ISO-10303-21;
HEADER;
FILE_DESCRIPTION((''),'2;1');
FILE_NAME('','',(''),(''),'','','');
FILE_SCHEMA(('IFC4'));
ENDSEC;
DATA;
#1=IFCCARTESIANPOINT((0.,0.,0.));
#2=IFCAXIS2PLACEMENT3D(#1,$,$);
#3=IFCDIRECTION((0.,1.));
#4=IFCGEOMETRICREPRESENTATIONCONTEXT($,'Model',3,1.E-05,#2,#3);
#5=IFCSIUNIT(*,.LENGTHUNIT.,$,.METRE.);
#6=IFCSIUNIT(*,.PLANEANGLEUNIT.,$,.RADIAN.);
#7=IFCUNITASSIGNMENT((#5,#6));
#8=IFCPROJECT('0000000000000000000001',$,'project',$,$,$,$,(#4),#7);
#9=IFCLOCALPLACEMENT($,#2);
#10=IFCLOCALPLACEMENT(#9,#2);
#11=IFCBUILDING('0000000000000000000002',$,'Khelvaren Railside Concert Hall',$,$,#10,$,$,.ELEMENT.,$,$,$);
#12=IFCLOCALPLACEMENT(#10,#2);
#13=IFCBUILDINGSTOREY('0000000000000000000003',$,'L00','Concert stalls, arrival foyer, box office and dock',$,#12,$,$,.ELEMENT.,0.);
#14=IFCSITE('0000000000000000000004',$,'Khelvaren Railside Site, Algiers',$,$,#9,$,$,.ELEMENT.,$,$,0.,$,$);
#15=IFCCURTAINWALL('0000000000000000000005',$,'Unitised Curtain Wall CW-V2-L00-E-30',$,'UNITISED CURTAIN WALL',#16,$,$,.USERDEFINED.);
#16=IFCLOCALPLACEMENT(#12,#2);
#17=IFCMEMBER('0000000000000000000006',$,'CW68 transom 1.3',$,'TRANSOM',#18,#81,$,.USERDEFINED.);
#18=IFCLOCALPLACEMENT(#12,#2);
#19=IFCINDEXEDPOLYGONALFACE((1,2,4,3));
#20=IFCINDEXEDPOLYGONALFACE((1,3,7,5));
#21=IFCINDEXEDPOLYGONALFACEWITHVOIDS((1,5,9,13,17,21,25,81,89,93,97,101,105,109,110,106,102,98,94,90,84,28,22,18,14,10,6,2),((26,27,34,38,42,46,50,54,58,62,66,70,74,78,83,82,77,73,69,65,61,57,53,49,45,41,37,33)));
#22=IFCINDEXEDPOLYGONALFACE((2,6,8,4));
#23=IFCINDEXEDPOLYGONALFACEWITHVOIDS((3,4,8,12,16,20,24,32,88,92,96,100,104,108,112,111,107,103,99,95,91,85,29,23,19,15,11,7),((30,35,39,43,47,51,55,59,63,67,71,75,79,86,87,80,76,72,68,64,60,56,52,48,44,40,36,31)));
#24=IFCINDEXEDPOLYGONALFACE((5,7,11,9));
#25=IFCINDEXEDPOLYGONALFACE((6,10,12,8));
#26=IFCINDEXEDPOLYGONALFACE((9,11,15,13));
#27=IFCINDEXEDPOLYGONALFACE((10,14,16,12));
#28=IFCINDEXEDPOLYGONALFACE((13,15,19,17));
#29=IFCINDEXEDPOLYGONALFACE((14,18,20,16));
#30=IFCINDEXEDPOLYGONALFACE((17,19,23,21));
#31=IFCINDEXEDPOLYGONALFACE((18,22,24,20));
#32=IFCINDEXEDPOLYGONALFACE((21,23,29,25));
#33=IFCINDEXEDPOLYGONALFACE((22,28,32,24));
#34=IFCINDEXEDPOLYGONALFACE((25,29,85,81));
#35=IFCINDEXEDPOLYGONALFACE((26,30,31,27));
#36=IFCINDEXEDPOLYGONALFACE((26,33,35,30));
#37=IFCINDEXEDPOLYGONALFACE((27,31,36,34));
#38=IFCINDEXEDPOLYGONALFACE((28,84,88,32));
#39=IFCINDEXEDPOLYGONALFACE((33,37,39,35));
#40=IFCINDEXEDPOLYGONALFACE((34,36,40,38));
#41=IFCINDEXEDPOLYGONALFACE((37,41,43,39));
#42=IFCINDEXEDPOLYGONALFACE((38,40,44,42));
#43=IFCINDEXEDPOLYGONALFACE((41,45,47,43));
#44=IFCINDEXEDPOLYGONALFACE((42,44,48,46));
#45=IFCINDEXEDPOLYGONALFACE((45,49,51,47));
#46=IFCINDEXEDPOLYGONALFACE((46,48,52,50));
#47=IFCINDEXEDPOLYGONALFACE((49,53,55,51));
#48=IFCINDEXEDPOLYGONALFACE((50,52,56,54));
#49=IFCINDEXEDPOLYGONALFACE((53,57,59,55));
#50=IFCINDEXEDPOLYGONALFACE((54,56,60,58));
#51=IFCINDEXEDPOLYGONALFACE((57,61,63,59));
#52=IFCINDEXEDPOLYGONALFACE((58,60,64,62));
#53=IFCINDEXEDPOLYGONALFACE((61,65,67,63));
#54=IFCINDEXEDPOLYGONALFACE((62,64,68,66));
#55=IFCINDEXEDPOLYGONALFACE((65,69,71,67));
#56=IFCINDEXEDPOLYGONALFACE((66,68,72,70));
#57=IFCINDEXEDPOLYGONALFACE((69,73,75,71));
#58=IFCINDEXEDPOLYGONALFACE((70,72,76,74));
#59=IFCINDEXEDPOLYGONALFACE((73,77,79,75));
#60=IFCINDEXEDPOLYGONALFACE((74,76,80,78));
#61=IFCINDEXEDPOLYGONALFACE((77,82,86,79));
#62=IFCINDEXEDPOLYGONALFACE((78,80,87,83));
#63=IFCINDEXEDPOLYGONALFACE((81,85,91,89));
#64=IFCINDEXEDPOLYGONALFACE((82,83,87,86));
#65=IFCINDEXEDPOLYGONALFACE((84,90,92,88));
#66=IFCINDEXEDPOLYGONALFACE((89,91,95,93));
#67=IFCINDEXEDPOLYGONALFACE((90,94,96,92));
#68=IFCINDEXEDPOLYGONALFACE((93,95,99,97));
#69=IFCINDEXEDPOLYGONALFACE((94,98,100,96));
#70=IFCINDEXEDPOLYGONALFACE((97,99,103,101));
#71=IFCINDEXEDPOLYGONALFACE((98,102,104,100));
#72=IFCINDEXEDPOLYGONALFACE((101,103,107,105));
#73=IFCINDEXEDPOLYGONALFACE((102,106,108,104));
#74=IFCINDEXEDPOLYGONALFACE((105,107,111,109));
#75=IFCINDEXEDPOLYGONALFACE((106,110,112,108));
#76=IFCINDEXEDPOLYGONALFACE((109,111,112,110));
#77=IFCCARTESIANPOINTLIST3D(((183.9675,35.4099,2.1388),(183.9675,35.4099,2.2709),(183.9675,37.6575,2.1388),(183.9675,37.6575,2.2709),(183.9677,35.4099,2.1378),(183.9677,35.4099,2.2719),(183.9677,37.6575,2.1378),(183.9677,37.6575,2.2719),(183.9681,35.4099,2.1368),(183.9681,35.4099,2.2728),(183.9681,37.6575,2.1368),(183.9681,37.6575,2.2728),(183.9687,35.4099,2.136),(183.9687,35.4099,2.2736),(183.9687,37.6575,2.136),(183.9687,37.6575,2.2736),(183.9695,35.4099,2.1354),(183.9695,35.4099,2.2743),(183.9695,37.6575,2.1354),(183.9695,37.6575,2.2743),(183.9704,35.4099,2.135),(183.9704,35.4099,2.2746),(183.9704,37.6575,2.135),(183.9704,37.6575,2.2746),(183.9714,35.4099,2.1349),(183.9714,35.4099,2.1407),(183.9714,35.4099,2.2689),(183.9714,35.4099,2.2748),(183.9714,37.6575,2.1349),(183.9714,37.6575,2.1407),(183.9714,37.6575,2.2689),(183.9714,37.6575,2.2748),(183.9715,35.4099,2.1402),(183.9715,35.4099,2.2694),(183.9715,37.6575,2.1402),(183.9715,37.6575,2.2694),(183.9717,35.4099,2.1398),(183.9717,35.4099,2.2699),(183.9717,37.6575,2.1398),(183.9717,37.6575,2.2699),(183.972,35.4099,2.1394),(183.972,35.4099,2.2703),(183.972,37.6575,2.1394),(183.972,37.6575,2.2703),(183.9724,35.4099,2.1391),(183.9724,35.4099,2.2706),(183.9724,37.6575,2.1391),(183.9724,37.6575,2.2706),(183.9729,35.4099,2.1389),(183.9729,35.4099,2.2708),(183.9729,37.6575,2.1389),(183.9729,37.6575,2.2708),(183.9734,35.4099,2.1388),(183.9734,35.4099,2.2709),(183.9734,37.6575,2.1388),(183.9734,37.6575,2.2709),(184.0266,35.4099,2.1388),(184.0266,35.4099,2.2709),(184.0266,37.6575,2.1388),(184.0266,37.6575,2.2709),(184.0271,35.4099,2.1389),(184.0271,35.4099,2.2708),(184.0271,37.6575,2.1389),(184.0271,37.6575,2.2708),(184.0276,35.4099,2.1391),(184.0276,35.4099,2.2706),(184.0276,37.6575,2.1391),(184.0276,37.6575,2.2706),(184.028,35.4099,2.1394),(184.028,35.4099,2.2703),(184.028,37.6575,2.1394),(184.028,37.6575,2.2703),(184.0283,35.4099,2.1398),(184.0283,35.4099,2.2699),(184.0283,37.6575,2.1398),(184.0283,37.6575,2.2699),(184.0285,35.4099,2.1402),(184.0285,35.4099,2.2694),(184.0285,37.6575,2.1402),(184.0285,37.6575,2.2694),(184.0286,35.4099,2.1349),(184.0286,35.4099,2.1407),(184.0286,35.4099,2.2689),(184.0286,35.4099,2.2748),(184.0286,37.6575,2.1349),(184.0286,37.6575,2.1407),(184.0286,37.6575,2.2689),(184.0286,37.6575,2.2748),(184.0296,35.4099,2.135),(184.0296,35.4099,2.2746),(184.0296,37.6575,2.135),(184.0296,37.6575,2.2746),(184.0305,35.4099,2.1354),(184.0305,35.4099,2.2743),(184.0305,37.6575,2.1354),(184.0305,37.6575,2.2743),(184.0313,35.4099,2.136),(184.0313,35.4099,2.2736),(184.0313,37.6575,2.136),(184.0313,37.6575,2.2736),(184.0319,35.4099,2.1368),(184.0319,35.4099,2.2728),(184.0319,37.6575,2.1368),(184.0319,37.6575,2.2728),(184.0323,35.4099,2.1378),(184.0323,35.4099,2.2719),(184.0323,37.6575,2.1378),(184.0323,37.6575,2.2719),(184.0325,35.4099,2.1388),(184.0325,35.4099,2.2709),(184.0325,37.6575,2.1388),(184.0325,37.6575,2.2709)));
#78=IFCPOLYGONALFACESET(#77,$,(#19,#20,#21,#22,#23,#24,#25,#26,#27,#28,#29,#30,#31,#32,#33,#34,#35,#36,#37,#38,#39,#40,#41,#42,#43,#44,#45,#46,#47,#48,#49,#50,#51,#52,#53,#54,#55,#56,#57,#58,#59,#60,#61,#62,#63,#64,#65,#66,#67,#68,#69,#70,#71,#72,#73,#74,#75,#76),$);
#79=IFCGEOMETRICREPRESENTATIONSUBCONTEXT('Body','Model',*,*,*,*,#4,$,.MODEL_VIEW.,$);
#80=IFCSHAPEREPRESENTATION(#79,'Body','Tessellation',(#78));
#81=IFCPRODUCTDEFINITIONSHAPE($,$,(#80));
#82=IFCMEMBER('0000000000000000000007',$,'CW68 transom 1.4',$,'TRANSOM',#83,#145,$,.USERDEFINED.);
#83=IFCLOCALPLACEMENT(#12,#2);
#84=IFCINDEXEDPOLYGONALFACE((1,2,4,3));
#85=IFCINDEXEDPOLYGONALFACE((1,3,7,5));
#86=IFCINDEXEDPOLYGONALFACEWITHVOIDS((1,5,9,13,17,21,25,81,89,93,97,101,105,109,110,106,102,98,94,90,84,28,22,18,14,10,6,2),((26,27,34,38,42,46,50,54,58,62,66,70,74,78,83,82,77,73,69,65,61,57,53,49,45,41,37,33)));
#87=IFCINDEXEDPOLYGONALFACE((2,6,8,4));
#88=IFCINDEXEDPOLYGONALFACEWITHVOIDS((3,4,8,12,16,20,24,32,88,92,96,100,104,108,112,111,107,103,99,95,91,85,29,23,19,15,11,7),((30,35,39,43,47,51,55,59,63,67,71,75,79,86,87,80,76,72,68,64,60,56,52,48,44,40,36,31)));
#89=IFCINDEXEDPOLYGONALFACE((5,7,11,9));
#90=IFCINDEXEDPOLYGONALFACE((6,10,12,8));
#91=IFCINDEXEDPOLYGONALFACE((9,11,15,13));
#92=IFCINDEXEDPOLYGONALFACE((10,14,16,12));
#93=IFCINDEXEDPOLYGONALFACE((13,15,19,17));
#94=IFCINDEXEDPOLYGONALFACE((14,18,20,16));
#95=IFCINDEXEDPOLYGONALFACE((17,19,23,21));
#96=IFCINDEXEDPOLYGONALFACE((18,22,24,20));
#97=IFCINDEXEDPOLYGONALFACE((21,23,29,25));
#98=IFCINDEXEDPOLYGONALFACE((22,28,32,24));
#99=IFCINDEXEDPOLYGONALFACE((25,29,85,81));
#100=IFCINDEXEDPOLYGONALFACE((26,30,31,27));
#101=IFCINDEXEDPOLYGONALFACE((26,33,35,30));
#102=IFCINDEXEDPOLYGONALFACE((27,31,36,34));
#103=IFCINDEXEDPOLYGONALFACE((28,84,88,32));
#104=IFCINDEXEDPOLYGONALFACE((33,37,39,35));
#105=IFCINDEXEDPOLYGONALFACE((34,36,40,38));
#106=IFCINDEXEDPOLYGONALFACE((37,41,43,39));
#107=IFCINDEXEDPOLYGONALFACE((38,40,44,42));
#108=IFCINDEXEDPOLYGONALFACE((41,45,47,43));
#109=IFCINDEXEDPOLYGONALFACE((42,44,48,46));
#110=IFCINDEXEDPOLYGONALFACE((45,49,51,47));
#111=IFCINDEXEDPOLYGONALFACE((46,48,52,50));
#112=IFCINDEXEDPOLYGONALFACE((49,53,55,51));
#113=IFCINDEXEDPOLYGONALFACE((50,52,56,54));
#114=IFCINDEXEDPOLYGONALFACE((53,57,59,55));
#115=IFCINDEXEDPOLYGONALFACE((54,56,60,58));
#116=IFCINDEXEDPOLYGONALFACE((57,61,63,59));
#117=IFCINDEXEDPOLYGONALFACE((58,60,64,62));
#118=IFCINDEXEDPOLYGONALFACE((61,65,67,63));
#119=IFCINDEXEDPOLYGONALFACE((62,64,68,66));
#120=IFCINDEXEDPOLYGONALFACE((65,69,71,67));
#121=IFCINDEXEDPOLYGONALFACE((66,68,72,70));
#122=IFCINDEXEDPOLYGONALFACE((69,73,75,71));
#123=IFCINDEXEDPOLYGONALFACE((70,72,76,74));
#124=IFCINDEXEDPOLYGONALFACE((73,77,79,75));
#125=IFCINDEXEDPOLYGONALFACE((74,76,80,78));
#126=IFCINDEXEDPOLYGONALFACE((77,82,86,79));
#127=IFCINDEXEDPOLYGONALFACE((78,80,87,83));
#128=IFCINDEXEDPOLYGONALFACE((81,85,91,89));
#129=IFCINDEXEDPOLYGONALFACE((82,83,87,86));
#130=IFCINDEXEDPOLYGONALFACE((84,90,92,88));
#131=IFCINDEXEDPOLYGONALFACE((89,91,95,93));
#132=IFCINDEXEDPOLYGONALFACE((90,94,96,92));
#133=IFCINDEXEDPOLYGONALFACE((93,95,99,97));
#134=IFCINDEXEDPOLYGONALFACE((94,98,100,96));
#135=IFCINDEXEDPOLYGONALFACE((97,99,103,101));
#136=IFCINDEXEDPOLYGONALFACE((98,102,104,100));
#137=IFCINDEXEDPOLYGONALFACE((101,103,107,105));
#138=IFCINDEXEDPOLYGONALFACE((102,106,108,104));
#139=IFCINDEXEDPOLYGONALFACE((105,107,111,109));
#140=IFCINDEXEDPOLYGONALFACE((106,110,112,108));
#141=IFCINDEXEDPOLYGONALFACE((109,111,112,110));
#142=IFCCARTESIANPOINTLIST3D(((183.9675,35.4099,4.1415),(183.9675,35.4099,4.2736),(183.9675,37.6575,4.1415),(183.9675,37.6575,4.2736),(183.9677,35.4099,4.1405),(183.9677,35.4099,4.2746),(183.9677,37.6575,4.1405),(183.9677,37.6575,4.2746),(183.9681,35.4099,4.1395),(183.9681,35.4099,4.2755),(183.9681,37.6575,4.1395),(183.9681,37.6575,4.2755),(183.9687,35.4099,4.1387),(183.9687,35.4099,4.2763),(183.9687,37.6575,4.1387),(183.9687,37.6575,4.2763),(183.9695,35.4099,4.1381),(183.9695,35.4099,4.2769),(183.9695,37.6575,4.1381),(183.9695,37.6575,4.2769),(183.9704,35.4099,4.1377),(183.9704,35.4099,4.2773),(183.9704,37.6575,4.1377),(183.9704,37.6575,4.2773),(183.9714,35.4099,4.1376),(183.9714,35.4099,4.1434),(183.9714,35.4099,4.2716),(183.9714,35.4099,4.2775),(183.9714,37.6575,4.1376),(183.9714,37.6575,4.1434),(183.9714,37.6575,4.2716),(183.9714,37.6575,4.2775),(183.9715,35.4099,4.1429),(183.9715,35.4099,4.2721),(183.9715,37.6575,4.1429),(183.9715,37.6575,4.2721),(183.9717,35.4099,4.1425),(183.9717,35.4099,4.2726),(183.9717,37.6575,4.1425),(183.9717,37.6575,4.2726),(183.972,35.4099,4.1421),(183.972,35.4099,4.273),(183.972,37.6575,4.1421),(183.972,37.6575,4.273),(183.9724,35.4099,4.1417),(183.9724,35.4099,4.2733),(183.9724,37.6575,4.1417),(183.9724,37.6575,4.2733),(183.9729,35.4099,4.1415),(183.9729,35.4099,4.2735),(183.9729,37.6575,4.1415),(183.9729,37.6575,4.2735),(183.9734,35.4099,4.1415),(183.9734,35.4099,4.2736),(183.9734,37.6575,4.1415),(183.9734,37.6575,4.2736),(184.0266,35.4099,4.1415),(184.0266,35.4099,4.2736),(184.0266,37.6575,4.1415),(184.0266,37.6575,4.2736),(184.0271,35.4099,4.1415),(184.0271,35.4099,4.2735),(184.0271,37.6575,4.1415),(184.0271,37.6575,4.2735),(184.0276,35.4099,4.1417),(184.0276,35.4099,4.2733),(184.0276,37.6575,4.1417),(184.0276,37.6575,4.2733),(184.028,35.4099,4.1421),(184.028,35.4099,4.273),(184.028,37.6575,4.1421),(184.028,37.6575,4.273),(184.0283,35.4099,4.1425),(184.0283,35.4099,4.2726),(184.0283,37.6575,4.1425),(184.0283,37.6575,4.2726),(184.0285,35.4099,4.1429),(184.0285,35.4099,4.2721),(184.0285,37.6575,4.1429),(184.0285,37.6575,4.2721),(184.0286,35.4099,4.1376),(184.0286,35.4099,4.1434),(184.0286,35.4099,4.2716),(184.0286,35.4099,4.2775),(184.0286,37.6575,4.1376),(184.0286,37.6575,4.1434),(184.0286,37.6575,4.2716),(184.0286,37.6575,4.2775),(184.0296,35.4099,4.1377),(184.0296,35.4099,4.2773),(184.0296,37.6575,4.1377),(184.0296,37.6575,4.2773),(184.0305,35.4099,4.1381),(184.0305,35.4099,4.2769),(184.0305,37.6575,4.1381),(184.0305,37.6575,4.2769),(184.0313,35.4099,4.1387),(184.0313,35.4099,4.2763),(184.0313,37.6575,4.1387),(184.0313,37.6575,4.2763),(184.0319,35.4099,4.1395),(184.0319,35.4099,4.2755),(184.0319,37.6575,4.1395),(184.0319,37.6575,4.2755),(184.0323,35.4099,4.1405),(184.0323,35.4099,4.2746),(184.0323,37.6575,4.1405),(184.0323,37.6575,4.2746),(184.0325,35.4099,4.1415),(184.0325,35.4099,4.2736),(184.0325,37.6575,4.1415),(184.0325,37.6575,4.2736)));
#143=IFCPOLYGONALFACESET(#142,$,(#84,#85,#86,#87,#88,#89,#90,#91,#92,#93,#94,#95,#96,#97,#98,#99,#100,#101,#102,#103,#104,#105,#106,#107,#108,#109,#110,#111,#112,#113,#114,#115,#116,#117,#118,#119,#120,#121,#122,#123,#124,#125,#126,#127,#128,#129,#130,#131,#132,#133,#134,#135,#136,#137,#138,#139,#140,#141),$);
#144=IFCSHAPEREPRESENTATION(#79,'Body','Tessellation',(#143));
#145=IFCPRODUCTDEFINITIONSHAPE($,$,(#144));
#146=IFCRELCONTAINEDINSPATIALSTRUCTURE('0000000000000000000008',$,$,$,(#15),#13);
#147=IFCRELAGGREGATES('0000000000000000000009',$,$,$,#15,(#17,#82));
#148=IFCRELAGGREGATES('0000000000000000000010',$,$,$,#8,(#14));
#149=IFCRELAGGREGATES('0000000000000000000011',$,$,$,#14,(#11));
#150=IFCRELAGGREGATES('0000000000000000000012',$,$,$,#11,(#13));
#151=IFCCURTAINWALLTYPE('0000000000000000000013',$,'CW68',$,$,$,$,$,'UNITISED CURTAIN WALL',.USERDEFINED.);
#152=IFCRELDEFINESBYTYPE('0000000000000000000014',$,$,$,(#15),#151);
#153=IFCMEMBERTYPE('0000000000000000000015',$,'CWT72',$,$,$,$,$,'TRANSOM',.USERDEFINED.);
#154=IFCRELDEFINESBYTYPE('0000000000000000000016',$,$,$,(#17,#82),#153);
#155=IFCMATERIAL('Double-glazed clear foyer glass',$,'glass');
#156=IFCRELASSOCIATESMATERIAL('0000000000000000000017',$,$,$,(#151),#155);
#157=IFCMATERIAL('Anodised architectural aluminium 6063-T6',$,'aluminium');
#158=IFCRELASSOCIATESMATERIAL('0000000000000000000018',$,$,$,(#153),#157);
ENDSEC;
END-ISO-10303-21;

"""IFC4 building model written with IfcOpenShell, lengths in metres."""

from ifc_helpers import new_model, si_unit, direction, frame, origin, origin_2d, place, context, subcontext, project, spatial, hollow_rectangle, extrude, material, material_profile, profile_set, type_object, element, aggregate, save


model = new_model("IFC4")

# Units and contexts
model_context = context("Model", 3, precision=1e-05, world=origin(), true_north=direction((0.0, 1.0)))
body_context = subcontext(model_context, "Body", "Model", "MODEL_VIEW")
ifc_project = project(units=[si_unit("LENGTHUNIT", "METRE"), si_unit("PLANEANGLEUNIT", "RADIAN")], contexts=[model_context])

# Site, building, storey
site_placement = place(None, origin())
site = spatial("IfcSite", under=ifc_project, at=site_placement, Name="Khelvaren Railside Site, Algiers", CompositionType="ELEMENT", RefElevation=0.0)
building_placement = place(site_placement, origin())
building = spatial("IfcBuilding", under=site, at=building_placement, Name="Khelvaren Railside Concert Hall", CompositionType="ELEMENT")
storey_placement = place(building_placement, origin())
storey = spatial("IfcBuildingStorey", under=building, at=storey_placement, Name="L00", Description="Concert stalls, arrival foyer, box office and dock", CompositionType="ELEMENT", Elevation=0.0)

# Curtain wall
ifc_material_1 = material(Name="Double-glazed clear foyer glass", Category="glass")
curtain_wall_type_1 = type_object("IfcCurtainWallType", Name="CW68", ElementType="UNITISED CURTAIN WALL", PredefinedType="USERDEFINED", material=ifc_material_1)
curtain_wall_1_placement = place(storey_placement, origin())
curtain_wall_1 = element("IfcCurtainWall", 1, at=curtain_wall_1_placement, inside=storey, type_object=curtain_wall_type_1, Name="Unitised Curtain Wall CW-V2-L00-E-30", ObjectType="UNITISED CURTAIN WALL", PredefinedType="USERDEFINED")
ifc_material_2 = material(Name="Anodised architectural aluminium 6063-T6", Category="aluminium")
ifc_material_profile_1 = material_profile(ifc_material_2, hollow_rectangle(XDim=0.0649, YDim=0.1399, WallThickness=0.0039, InnerFilletRadius=0.002, OuterFilletRadius=0.0039, at=origin_2d()), Name="CWT 65x140x4")
ifc_profile_set_1 = profile_set([ifc_material_profile_1], Name="Anodised architectural aluminium 6063-T6")
member_type_1 = type_object("IfcMemberType", Name="CWT72", ElementType="TRANSOM", PredefinedType="USERDEFINED", material=ifc_profile_set_1)

# Members
member_1_placement = place(storey_placement, frame((184.0, 37.6575, 2.2048), z_axis=(0.0, -1.0, 0.0), x_axis=(1.0, 0.0, 0.0)))
member_1 = element("IfcMember", 2, at=member_1_placement, type_object=member_type_1, Name="CW68 transom 1.3", ObjectType="TRANSOM", PredefinedType="USERDEFINED", context=body_context, shape_type="SweptSolid", body=[
    extrude(hollow_rectangle(XDim=0.0649, YDim=0.1399, WallThickness=0.0039, InnerFilletRadius=0.002, OuterFilletRadius=0.0039, at=origin_2d()), origin(), (0.0, 0.0, 1.0), 2.2476),
])
member_2_placement = place(storey_placement, frame((184.0, 37.6575, 4.2075), z_axis=(0.0, -1.0, 0.0), x_axis=(1.0, 0.0, 0.0)))
member_2 = element("IfcMember", 3, at=member_2_placement, type_object=member_type_1, Name="CW68 transom 1.4", ObjectType="TRANSOM", PredefinedType="USERDEFINED", context=body_context, shape_type="SweptSolid", body=[
    extrude(hollow_rectangle(XDim=0.0649, YDim=0.1399, WallThickness=0.0039, InnerFilletRadius=0.002, OuterFilletRadius=0.0039, at=origin_2d()), origin(), (0.0, 0.0, 1.0), 2.2476),
])

aggregate(curtain_wall_1, [member_1, member_2])

save(model, "model.ifc")
